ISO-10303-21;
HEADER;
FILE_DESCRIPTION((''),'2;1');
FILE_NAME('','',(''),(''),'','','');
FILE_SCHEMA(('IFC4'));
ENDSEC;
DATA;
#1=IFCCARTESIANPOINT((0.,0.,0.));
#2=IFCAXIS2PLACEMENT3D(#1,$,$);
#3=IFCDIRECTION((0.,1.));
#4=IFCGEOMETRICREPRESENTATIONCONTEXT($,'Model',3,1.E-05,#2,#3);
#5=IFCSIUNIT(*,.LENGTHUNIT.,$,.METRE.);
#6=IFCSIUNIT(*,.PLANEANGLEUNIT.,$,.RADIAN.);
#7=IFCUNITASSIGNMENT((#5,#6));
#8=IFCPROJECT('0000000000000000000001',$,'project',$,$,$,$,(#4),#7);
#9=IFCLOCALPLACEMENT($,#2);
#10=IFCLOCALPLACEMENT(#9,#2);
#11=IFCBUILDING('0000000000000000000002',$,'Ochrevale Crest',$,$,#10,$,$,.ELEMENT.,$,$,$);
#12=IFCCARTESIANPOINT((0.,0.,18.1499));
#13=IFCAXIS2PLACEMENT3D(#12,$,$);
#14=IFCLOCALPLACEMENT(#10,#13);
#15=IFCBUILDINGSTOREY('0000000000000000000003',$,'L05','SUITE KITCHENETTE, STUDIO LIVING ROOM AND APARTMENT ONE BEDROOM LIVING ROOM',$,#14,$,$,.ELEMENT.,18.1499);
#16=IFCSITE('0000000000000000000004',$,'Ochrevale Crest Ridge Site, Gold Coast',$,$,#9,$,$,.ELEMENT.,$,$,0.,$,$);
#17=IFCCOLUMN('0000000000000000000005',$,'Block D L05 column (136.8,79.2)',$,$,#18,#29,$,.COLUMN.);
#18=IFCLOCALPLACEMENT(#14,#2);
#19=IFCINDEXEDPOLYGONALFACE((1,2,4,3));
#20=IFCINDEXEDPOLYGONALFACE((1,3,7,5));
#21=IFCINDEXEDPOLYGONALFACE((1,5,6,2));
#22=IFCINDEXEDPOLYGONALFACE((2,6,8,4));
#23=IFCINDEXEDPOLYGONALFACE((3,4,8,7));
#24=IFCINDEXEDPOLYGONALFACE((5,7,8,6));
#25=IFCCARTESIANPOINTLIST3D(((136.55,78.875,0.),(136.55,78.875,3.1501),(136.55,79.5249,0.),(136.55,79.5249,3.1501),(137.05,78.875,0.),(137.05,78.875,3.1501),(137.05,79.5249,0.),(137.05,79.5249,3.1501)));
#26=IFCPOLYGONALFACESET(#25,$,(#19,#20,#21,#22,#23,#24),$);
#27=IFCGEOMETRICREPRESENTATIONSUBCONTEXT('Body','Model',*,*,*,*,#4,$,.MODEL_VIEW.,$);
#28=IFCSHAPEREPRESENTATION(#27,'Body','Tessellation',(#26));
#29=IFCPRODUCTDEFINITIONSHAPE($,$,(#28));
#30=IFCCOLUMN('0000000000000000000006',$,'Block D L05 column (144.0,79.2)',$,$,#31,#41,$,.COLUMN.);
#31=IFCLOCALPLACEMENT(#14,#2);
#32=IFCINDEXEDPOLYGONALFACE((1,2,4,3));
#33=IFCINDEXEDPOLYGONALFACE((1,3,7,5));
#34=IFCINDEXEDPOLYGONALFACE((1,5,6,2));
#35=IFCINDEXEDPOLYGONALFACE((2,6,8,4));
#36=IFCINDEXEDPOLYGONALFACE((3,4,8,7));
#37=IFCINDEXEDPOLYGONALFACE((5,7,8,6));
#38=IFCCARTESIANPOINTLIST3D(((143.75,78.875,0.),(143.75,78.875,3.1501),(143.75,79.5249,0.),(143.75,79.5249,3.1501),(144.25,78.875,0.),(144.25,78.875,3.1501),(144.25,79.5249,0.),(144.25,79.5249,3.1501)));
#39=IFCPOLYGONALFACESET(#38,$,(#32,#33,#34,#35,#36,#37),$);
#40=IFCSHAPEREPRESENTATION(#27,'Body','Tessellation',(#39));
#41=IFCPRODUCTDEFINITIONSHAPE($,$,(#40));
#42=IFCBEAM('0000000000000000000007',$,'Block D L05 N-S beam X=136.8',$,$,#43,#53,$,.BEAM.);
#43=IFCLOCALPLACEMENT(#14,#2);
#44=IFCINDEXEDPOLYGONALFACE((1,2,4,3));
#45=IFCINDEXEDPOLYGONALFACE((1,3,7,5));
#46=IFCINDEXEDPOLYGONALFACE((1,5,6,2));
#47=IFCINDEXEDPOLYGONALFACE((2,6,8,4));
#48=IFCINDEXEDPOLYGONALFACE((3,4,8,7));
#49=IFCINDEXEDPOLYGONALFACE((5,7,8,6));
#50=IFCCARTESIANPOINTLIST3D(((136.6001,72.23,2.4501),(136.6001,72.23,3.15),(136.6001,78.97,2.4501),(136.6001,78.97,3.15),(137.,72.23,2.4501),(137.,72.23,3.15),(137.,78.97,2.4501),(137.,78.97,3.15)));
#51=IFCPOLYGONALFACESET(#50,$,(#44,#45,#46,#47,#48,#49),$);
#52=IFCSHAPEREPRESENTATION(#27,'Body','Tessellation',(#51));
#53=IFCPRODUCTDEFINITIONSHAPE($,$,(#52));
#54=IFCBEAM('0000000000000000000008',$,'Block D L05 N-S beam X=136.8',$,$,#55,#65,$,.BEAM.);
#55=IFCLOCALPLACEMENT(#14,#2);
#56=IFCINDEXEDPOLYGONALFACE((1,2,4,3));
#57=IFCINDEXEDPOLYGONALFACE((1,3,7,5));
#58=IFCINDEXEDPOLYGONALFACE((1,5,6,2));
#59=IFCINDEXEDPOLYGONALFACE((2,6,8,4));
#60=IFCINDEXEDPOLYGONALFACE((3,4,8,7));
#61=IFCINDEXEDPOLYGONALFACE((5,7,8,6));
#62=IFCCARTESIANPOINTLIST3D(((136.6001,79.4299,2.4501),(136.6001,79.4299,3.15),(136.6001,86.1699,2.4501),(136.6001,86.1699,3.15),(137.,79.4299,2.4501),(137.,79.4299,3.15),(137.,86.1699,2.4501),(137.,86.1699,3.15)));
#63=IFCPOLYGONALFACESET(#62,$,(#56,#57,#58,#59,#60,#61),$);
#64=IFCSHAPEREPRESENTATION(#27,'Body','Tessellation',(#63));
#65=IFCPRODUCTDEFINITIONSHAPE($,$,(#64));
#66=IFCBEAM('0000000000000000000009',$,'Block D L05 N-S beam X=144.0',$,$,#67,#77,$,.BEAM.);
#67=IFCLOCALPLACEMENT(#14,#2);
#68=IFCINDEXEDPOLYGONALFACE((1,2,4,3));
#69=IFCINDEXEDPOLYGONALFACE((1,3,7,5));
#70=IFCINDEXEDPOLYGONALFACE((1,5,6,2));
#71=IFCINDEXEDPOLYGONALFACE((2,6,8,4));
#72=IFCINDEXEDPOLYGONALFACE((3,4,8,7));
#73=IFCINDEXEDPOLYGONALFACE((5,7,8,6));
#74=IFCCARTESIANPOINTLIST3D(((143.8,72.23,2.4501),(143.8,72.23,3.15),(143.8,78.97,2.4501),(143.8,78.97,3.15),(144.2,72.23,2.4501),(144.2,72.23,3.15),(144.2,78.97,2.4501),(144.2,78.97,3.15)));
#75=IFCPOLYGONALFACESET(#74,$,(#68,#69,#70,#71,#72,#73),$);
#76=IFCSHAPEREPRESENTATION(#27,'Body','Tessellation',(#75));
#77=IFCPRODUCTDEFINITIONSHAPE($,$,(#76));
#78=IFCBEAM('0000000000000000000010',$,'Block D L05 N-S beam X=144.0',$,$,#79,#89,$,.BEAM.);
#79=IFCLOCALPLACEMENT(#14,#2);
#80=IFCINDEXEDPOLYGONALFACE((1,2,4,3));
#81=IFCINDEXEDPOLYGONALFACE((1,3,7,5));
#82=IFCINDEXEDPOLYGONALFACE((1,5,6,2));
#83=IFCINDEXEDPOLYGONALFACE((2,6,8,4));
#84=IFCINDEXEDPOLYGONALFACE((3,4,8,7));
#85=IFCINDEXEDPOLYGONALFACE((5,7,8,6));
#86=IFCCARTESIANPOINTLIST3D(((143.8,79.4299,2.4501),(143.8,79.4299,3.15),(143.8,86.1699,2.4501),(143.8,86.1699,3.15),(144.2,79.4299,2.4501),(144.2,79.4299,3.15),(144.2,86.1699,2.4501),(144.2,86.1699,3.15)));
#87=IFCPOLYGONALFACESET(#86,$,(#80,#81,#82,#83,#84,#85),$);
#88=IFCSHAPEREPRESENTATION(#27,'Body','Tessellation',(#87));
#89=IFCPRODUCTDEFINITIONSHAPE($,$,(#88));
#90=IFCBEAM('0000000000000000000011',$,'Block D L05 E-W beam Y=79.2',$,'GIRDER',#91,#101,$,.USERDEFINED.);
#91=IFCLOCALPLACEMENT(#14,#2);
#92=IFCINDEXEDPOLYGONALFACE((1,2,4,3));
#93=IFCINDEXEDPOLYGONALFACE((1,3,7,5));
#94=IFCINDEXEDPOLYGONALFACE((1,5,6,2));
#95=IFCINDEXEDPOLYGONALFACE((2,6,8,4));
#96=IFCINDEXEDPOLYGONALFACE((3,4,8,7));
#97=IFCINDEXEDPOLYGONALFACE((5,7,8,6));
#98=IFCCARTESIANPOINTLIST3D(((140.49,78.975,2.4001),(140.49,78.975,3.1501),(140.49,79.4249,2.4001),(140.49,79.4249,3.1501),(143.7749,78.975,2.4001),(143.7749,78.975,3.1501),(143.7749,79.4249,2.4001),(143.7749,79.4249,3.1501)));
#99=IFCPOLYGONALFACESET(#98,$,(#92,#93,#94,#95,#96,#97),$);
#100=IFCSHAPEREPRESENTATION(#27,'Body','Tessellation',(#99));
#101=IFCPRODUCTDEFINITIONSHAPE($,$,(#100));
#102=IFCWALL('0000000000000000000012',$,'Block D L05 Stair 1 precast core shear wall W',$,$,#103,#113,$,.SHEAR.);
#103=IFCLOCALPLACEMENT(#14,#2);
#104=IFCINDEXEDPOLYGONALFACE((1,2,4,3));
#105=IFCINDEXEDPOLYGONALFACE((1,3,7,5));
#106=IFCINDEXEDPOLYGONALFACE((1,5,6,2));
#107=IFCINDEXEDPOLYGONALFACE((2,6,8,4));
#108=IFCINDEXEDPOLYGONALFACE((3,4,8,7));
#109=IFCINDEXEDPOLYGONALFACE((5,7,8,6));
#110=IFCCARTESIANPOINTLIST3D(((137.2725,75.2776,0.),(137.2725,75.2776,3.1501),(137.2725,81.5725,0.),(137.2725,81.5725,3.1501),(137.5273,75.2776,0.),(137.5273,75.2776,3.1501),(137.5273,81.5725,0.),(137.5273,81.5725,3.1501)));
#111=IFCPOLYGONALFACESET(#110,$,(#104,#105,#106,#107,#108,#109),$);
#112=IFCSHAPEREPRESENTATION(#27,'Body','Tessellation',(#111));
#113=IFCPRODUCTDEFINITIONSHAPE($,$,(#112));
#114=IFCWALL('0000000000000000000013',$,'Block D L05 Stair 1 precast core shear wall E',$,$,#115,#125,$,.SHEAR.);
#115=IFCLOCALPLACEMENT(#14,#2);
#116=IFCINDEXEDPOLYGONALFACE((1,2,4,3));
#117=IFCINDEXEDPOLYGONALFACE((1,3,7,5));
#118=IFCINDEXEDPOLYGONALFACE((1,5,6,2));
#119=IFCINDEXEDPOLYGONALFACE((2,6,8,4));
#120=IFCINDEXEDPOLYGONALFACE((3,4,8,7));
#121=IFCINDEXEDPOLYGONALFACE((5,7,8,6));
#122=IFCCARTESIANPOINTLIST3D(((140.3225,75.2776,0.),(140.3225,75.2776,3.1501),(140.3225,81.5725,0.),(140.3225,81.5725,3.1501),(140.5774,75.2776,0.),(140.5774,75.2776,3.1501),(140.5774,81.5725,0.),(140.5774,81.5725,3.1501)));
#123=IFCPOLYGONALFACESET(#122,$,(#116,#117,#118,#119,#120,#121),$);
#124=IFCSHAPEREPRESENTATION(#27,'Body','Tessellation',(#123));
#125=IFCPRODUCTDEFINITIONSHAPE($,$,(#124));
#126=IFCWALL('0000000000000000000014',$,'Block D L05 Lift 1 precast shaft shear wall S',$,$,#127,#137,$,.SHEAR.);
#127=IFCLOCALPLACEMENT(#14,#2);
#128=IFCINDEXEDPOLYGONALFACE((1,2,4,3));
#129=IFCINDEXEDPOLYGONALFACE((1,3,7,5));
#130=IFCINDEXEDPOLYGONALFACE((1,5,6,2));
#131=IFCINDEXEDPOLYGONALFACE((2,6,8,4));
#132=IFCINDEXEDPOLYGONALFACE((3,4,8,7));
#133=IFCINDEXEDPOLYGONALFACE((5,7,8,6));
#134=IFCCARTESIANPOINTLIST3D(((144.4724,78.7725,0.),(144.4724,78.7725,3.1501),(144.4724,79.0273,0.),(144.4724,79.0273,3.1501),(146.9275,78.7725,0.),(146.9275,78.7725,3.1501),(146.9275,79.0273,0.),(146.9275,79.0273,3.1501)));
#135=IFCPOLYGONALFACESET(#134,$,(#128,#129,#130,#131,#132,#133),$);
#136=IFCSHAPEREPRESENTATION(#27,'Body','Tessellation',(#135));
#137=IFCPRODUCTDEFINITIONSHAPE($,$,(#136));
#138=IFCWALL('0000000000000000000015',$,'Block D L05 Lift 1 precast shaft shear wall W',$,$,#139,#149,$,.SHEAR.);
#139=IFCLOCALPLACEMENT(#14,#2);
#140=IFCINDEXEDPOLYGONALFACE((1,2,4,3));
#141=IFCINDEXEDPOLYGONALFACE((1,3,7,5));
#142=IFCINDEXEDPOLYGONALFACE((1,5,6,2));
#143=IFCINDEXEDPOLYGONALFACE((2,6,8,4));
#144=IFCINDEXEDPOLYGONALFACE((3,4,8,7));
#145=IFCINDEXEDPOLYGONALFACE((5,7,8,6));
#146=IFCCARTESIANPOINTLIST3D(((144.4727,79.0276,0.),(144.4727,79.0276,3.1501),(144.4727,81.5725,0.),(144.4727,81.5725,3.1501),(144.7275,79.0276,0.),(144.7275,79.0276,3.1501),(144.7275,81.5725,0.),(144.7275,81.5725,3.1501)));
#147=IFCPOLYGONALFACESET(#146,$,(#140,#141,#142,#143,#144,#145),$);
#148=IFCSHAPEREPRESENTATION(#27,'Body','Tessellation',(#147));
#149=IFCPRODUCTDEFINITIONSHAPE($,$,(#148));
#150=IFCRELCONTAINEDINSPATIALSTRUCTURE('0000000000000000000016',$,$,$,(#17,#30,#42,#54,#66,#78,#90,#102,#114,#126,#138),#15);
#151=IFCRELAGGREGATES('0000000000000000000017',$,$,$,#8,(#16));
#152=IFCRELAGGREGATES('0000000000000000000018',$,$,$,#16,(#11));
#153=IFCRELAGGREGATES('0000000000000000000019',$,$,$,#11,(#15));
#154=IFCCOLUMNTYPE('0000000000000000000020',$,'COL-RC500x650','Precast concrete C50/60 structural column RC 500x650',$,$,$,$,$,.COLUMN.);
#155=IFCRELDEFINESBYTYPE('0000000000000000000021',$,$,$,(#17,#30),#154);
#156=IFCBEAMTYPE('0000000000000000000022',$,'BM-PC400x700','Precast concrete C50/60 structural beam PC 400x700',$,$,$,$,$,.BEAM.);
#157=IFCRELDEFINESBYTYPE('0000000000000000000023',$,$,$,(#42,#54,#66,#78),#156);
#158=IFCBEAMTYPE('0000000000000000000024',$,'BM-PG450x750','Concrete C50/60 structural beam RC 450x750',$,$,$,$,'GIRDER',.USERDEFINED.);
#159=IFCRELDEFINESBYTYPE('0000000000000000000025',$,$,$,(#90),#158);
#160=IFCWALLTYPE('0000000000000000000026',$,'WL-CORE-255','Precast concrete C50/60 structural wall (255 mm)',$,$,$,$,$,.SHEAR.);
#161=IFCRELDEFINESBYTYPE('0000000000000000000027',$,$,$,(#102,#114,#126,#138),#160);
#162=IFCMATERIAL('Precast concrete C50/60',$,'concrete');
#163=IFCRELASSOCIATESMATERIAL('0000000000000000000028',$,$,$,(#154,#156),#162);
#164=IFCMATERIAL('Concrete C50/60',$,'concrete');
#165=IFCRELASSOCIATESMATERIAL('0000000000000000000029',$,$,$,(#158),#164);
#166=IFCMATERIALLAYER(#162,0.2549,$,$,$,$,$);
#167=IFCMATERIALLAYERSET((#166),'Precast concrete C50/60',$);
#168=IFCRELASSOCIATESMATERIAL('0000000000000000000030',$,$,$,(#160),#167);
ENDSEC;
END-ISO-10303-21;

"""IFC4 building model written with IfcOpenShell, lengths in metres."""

from ifc_helpers import new_model, si_unit, direction, frame, frame_2d, origin, origin_2d, place, context, subcontext, project, spatial, rectangle, extrude, material, layer, layer_set, material_profile, profile_set, type_object, element, save


model = new_model("IFC4")

# Units and contexts
model_context = context("Model", 3, precision=1e-05, world=origin(), true_north=direction((0.0, 1.0)))
body_context = subcontext(model_context, "Body", "Model", "MODEL_VIEW")
ifc_project = project(units=[si_unit("LENGTHUNIT", "METRE"), si_unit("PLANEANGLEUNIT", "RADIAN")], contexts=[model_context])

# Site, building, storey
site_placement = place(None, origin())
site = spatial("IfcSite", under=ifc_project, at=site_placement, Name="Ochrevale Crest Ridge Site, Gold Coast", CompositionType="ELEMENT", RefElevation=0.0)
building_placement = place(site_placement, origin())
building = spatial("IfcBuilding", under=site, at=building_placement, Name="Ochrevale Crest", CompositionType="ELEMENT")
storey_placement = place(building_placement, frame((0.0, 0.0, 18.1499)))
storey = spatial("IfcBuildingStorey", under=building, at=storey_placement, Name="L05", Description="SUITE KITCHENETTE, STUDIO LIVING ROOM AND APARTMENT ONE BEDROOM LIVING ROOM", CompositionType="ELEMENT", Elevation=18.1499)

# Columns
ifc_material_1 = material(Name="Precast concrete C50/60", Category="concrete")
ifc_material_profile_1 = material_profile(ifc_material_1, rectangle(XDim=0.5, YDim=0.6499, at=origin_2d()), Name="RC 500x650")
ifc_profile_set_1 = profile_set([ifc_material_profile_1], Name="Precast concrete C50/60")
column_type = type_object("IfcColumnType", Name="COL-RC500x650", Description="Precast concrete C50/60 structural column RC 500x650", PredefinedType="COLUMN", material=ifc_profile_set_1)
for number, where, z_axis, x_axis, name in (
    (1, (136.8, 79.2, 0.0), (0.0, 0.0, 1.0), (1.0, 0.0, 0.0), "Block D L05 column (136.8,79.2)"),
    (2, (144.0, 79.2, 0.0), (0.0, 0.0, 1.0), (1.0, 0.0, 0.0), "Block D L05 column (144.0,79.2)"),
):
    element("IfcColumn", number, at=place(storey_placement, frame(where, z_axis=z_axis, x_axis=x_axis)), inside=storey, type_object=column_type, Name=name, PredefinedType="COLUMN", context=body_context, shape_type="SweptSolid", body=[
        extrude(rectangle(XDim=0.5, YDim=0.6499, at=origin_2d()), origin(), (0.0, 0.0, 1.0), 3.1501),
    ])

# Beams
ifc_material_profile_2 = material_profile(ifc_material_1, rectangle(XDim=0.3999, YDim=0.7, at=origin_2d()), Name="PC 400x700")
ifc_profile_set_2 = profile_set([ifc_material_profile_2], Name="Precast concrete C50/60")
beam_type_1 = type_object("IfcBeamType", Name="BM-PC400x700", Description="Precast concrete C50/60 structural beam PC 400x700", PredefinedType="BEAM", material=ifc_profile_set_2)
for number, where, z_axis, x_axis, name in (
    (3, (136.8, 72.23, 2.8), (0.0, 1.0, 0.0), (-1.0, 0.0, 0.0), "Block D L05 N-S beam X=136.8"),
    (4, (136.8, 79.4299, 2.8), (0.0, 1.0, 0.0), (-1.0, 0.0, 0.0), "Block D L05 N-S beam X=136.8"),
    (5, (144.0, 72.23, 2.8), (0.0, 1.0, 0.0), (-1.0, 0.0, 0.0), "Block D L05 N-S beam X=144.0"),
    (6, (144.0, 79.4299, 2.8), (0.0, 1.0, 0.0), (-1.0, 0.0, 0.0), "Block D L05 N-S beam X=144.0"),
):
    element("IfcBeam", number, at=place(storey_placement, frame(where, z_axis=z_axis, x_axis=x_axis)), inside=storey, type_object=beam_type_1, Name=name, PredefinedType="BEAM", context=body_context, shape_type="SweptSolid", body=[
        extrude(rectangle(XDim=0.3999, YDim=0.7, at=origin_2d()), origin(), (0.0, 0.0, 1.0), 6.74),
    ])
ifc_material_2 = material(Name="Concrete C50/60", Category="concrete")
ifc_material_profile_3 = material_profile(ifc_material_2, rectangle(XDim=0.45, YDim=0.75, at=origin_2d()), Name="RC 450x750")
ifc_profile_set_3 = profile_set([ifc_material_profile_3], Name="Concrete C50/60")
beam_type_2 = type_object("IfcBeamType", Name="BM-PG450x750", Description="Concrete C50/60 structural beam RC 450x750", ElementType="GIRDER", PredefinedType="USERDEFINED", material=ifc_profile_set_3)
beam_placement = place(storey_placement, frame((140.49, 79.2, 2.7751), z_axis=(1.0, 0.0, 0.0), x_axis=(0.0, 1.0, 0.0)))
element("IfcBeam", 7, at=beam_placement, inside=storey, type_object=beam_type_2, Name="Block D L05 E-W beam Y=79.2", ObjectType="GIRDER", PredefinedType="USERDEFINED", context=body_context, shape_type="SweptSolid", body=[
    extrude(rectangle(XDim=0.45, YDim=0.75, at=origin_2d()), origin(), (0.0, 0.0, 1.0), 3.2849),
])

# Walls
ifc_layer_1 = layer(ifc_material_1, 0.2549)
ifc_layer_set_1 = layer_set([ifc_layer_1], Name="Precast concrete C50/60")
wall_type_1 = type_object("IfcWallType", Name="WL-CORE-255", Description="Precast concrete C50/60 structural wall (255 mm)", PredefinedType="SHEAR", material=ifc_layer_set_1)
for number, where, z_axis, x_axis, name in (
    (8, (137.3999, 75.2776, 0.0), (0.0, 0.0, 1.0), (0.0, 1.0, 0.0), "Block D L05 Stair 1 precast core shear wall W"),
    (9, (140.45, 75.2776, 0.0), (0.0, 0.0, 1.0), (0.0, 1.0, 0.0), "Block D L05 Stair 1 precast core shear wall E"),
):
    element("IfcWall", number, at=place(storey_placement, frame(where, z_axis=z_axis, x_axis=x_axis)), inside=storey, type_object=wall_type_1, Name=name, PredefinedType="SHEAR", context=body_context, shape_type="SweptSolid", body=[
        extrude(rectangle(XDim=6.2949, YDim=0.2549, at=frame_2d((3.1475, 0.0))), origin(), (0.0, 0.0, 1.0), 3.1501),
    ])
wall_1_placement = place(storey_placement, frame((144.4724, 78.8999, 0.0), z_axis=(0.0, 0.0, 1.0), x_axis=(1.0, 0.0, 0.0)))
element("IfcWall", 10, at=wall_1_placement, inside=storey, type_object=wall_type_1, Name="Block D L05 Lift 1 precast shaft shear wall S", PredefinedType="SHEAR", context=body_context, shape_type="SweptSolid", body=[
    extrude(rectangle(XDim=2.4551, YDim=0.2549, at=frame_2d((1.2275, 0.0))), origin(), (0.0, 0.0, 1.0), 3.1501),
])
wall_2_placement = place(storey_placement, frame((144.6001, 79.0276, 0.0), z_axis=(0.0, 0.0, 1.0), x_axis=(0.0, 1.0, 0.0)))
element("IfcWall", 11, at=wall_2_placement, inside=storey, type_object=wall_type_1, Name="Block D L05 Lift 1 precast shaft shear wall W", PredefinedType="SHEAR", context=body_context, shape_type="SweptSolid", body=[
    extrude(rectangle(XDim=2.5449, YDim=0.2549, at=frame_2d((1.2725, 0.0))), origin(), (0.0, 0.0, 1.0), 3.1501),
])

save(model, "model.ifc")
